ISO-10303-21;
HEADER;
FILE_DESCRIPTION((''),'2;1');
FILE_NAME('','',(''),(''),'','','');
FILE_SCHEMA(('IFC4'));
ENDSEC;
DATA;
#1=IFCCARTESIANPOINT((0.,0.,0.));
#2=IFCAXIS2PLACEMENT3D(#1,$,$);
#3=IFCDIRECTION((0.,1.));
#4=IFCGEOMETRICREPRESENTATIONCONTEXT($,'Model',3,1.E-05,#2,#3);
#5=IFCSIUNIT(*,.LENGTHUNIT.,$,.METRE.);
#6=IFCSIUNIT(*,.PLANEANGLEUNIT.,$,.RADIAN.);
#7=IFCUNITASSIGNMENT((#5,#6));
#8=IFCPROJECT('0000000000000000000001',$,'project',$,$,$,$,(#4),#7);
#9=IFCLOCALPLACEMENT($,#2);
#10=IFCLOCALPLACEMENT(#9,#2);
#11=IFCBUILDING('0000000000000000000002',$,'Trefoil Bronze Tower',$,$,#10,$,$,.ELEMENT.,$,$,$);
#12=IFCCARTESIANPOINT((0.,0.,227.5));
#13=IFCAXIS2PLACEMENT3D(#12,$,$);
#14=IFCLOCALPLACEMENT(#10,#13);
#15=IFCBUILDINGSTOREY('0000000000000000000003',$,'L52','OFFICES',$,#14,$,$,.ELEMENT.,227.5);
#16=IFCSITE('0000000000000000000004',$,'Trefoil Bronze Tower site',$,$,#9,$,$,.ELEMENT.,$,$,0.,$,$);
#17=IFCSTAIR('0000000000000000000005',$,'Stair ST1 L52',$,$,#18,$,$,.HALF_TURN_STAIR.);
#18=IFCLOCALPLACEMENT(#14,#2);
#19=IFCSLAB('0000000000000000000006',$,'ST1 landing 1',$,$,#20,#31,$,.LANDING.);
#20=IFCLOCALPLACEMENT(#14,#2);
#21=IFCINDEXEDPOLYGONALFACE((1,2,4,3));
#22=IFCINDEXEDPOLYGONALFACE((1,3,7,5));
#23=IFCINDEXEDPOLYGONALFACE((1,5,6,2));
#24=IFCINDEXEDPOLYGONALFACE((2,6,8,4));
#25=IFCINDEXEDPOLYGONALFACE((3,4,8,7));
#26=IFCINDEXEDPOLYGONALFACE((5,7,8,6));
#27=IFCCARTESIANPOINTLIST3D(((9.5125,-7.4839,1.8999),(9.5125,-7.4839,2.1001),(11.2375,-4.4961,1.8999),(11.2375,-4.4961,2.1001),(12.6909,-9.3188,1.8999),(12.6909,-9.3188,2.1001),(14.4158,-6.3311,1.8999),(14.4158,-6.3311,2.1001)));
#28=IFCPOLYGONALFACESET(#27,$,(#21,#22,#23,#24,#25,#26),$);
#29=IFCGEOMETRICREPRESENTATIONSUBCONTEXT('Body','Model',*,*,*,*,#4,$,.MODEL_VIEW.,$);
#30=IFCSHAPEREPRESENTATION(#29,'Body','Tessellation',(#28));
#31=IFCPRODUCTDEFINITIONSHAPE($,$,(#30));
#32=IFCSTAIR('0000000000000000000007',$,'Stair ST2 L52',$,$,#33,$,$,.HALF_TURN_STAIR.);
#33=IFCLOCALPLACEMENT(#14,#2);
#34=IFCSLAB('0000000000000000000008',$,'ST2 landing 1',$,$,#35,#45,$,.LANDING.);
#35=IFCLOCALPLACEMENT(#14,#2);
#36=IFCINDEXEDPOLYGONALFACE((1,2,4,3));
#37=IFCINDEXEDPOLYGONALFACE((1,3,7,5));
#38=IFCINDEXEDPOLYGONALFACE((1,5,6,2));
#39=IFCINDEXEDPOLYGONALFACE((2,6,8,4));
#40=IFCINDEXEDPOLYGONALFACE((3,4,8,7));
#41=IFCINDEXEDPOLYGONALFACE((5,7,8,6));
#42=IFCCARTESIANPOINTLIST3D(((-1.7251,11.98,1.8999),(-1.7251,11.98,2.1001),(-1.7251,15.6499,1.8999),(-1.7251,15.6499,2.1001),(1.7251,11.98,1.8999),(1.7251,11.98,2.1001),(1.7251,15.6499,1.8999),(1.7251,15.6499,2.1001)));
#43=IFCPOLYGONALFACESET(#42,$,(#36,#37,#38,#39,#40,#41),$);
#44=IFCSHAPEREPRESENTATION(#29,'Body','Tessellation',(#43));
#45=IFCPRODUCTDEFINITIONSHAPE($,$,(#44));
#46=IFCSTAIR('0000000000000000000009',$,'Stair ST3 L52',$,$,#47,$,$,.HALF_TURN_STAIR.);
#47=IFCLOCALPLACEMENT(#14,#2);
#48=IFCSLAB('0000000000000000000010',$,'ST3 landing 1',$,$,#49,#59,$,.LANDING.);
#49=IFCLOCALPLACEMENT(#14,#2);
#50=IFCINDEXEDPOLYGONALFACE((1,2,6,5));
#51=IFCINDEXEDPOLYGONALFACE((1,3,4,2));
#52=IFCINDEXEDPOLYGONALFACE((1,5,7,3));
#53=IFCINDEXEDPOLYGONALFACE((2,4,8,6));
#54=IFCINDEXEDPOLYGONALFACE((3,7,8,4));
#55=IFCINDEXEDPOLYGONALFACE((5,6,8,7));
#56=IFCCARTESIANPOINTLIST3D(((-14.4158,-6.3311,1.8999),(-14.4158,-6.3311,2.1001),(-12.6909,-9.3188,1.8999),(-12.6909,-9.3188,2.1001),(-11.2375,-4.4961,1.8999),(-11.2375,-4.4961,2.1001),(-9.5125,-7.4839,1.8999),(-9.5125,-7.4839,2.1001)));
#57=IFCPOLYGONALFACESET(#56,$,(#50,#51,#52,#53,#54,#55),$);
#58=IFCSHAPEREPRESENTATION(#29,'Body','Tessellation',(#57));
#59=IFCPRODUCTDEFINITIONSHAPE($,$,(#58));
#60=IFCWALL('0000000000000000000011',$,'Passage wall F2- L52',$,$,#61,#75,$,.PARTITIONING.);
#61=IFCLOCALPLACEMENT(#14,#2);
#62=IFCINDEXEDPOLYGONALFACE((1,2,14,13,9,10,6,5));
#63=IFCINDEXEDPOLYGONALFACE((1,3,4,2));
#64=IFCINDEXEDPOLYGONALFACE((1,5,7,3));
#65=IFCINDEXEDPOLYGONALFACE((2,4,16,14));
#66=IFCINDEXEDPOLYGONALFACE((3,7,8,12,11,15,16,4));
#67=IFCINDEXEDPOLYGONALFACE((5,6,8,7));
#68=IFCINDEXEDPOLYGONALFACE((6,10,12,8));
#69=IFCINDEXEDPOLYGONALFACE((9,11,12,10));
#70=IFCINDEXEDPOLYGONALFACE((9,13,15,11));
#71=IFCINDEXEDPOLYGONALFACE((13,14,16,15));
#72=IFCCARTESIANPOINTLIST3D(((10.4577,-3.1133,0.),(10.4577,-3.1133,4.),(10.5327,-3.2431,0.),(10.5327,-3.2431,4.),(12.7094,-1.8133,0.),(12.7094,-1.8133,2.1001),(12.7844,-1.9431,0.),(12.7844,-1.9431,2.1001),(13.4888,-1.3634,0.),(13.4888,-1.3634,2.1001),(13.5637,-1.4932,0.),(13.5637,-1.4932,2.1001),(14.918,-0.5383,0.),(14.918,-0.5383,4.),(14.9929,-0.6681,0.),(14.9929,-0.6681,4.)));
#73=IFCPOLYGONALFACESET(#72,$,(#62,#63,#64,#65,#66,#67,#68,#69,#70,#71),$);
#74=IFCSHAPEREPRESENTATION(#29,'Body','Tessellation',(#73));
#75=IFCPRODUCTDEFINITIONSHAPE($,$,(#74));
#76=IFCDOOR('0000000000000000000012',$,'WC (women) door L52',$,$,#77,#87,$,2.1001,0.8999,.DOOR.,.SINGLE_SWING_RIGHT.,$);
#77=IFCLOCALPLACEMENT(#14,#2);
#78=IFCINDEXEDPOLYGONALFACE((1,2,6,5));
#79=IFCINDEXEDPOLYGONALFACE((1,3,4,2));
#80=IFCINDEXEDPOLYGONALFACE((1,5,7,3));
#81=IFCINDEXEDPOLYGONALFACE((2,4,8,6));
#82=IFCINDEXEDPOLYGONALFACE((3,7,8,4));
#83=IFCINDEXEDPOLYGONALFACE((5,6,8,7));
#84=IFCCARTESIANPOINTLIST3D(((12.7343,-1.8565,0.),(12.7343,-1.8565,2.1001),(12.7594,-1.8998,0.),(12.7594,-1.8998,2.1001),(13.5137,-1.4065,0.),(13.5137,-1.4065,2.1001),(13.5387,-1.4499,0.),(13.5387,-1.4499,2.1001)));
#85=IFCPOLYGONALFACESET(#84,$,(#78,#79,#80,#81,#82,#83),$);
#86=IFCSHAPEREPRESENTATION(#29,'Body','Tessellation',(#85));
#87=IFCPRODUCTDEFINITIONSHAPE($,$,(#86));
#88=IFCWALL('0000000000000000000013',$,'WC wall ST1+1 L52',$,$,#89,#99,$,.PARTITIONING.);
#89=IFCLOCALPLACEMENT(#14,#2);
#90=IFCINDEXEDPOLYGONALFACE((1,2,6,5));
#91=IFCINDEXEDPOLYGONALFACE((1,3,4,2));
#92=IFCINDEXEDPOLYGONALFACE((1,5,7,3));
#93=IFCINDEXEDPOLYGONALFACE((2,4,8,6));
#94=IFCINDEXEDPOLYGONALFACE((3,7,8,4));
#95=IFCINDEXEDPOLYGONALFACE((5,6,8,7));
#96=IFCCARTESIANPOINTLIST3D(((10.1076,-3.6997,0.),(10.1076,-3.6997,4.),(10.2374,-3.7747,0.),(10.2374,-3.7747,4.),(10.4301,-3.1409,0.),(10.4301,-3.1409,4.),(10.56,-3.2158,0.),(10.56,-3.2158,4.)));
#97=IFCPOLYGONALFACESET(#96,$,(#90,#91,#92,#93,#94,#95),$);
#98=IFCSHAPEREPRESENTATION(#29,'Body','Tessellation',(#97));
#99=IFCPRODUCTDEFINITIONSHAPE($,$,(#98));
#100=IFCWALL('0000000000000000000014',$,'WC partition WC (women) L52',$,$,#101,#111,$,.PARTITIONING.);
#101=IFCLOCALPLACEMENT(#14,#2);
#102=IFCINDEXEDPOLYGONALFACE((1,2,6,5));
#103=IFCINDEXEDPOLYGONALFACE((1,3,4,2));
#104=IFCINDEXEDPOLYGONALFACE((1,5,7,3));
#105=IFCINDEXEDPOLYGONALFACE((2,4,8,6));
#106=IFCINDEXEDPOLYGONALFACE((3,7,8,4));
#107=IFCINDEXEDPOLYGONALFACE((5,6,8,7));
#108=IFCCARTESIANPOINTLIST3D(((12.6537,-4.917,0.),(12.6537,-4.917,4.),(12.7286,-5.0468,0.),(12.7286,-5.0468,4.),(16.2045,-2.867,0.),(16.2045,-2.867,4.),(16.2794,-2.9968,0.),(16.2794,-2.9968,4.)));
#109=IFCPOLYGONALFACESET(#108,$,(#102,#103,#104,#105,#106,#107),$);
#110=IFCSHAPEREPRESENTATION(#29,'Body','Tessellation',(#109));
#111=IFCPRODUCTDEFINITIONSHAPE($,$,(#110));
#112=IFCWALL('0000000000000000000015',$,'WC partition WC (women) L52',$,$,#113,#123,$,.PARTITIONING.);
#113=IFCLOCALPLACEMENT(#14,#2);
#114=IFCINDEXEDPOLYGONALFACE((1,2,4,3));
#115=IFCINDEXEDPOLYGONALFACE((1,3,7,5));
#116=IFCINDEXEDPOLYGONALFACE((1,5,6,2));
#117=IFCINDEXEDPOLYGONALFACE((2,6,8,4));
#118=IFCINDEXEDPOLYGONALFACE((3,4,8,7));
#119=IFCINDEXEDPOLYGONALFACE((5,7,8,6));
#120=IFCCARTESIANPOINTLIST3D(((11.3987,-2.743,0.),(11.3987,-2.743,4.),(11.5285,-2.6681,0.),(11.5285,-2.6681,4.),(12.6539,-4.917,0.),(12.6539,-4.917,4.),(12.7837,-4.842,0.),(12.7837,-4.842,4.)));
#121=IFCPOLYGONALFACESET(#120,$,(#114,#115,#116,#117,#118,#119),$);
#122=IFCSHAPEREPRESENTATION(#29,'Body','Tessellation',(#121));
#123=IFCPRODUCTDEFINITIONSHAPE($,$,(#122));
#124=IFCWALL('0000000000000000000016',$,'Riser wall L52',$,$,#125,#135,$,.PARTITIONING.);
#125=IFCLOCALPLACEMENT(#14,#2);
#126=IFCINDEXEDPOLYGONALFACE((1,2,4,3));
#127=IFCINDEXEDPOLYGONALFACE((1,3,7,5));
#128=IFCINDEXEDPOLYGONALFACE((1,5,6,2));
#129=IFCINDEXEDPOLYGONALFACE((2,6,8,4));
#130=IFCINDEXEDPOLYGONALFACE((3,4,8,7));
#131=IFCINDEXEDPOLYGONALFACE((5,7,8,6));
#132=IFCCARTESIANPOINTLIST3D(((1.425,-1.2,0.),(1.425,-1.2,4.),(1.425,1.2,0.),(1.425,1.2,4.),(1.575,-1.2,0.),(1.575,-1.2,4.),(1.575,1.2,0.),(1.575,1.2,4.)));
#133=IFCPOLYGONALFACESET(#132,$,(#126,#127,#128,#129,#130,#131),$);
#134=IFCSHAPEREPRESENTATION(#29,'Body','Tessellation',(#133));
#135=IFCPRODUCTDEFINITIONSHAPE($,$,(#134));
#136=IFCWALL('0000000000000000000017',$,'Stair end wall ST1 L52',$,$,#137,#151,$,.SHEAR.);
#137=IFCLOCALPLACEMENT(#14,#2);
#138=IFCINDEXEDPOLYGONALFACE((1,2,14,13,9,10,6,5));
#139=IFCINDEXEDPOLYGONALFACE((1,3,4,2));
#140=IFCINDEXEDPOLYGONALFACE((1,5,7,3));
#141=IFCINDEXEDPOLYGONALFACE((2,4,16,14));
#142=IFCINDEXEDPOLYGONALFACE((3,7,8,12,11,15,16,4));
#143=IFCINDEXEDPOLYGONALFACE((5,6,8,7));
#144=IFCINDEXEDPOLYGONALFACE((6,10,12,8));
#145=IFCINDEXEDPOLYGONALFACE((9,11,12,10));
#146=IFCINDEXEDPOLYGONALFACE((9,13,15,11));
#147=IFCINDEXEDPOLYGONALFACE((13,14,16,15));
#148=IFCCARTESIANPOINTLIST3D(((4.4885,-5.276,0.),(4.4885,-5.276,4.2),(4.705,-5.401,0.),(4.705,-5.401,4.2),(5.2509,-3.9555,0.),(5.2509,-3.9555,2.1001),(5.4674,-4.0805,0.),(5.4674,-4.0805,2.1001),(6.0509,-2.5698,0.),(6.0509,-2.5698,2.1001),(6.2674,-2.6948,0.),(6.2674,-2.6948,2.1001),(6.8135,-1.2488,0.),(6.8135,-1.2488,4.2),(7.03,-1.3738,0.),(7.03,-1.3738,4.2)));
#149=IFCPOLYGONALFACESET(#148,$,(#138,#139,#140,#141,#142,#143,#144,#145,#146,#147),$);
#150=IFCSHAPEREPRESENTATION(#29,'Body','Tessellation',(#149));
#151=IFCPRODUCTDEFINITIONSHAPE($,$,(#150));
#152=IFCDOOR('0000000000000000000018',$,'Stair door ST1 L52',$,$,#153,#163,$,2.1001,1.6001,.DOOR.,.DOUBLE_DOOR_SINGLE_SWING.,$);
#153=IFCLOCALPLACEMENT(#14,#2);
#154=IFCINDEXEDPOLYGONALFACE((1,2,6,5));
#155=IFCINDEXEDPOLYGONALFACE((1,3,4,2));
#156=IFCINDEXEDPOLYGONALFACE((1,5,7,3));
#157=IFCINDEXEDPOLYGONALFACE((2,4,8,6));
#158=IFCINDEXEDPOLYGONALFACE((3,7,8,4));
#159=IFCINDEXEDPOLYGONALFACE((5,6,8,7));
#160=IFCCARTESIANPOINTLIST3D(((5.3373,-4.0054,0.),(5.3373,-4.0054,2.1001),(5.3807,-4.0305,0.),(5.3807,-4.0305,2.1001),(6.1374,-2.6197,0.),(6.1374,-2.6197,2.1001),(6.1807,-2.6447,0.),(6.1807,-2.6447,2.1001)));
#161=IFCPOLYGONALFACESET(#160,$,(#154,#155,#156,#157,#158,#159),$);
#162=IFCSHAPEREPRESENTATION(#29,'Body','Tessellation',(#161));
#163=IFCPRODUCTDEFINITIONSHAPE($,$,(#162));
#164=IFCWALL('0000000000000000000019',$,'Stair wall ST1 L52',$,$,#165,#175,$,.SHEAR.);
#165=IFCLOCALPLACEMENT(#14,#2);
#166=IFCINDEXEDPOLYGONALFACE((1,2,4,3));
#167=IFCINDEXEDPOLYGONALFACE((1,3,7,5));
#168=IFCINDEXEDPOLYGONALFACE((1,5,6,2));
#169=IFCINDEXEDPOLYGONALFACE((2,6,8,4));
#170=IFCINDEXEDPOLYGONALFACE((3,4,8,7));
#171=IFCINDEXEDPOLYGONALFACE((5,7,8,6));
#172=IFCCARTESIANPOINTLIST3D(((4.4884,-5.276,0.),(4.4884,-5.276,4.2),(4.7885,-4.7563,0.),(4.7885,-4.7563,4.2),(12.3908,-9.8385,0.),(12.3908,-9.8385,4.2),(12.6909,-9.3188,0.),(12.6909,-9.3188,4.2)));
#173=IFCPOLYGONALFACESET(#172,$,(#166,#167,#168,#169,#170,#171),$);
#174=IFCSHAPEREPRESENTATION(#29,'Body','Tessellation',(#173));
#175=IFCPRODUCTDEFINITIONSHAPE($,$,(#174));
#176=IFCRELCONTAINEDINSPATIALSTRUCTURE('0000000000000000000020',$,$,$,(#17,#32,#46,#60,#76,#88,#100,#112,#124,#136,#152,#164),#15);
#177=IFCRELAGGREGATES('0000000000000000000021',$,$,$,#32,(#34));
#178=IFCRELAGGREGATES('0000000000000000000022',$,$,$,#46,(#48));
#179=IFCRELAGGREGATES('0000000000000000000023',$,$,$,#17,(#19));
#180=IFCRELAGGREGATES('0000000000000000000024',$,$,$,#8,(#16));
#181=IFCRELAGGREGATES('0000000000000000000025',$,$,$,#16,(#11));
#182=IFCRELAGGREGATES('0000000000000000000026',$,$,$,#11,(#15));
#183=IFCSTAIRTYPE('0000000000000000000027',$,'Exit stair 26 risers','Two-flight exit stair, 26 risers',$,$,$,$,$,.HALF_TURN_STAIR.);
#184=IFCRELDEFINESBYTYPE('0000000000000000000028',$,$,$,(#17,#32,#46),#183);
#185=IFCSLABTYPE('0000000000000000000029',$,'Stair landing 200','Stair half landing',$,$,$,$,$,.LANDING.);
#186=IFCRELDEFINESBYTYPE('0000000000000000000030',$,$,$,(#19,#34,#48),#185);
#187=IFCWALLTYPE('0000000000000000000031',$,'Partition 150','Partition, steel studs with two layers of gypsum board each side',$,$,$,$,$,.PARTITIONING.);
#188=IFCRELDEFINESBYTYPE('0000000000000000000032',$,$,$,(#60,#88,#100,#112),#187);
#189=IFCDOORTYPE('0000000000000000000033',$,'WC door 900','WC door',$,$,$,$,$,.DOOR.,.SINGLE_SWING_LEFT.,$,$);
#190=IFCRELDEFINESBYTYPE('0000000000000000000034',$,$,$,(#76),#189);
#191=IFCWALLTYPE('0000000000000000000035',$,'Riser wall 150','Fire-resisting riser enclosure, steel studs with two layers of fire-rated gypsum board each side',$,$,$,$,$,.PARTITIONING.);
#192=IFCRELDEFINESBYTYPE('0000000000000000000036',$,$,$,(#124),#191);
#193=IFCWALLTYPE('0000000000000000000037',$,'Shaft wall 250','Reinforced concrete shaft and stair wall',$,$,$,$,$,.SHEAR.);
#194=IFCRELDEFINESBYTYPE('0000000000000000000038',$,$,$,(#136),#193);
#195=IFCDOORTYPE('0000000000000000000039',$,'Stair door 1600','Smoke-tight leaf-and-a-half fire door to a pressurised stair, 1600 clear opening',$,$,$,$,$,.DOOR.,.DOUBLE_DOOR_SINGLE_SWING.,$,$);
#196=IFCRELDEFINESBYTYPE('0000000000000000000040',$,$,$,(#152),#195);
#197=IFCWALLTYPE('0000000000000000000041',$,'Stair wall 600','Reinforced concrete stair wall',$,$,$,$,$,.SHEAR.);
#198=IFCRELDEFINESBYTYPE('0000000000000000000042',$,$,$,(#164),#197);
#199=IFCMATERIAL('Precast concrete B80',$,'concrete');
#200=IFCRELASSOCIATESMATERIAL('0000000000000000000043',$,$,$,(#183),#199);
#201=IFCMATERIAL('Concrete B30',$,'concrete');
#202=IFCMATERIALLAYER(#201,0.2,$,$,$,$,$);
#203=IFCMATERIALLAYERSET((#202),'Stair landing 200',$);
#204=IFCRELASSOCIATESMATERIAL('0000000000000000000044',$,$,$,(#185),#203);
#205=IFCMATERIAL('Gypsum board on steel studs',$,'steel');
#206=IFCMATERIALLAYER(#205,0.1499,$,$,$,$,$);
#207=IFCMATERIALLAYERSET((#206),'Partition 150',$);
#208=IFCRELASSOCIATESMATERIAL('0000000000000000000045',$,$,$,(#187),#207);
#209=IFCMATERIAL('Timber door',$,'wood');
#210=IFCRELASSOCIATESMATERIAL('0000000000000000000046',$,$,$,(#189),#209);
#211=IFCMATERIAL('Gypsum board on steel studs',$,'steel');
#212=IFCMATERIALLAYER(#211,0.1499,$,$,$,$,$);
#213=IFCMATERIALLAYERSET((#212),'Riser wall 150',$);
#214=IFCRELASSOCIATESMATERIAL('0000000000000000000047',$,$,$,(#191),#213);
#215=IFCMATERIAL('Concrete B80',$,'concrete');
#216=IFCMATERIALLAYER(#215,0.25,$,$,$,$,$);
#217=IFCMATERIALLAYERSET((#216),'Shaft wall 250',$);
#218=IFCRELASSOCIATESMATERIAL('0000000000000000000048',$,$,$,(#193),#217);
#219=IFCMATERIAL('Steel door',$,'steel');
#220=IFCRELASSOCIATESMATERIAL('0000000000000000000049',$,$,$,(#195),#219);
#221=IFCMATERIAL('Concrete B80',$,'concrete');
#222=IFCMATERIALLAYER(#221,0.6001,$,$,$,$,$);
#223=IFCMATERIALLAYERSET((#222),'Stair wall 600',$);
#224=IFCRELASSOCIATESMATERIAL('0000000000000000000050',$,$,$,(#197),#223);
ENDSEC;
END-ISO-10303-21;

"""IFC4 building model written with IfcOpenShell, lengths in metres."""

from ifc_helpers import new_model, si_unit, direction, frame, frame_2d, origin, place, context, subcontext, project, spatial, polyline, rectangle, outline, extrude, material, layer, layer_set, type_object, element, fill, aggregate, save


model = new_model("IFC4")

# Units and contexts
model_context = context("Model", 3, precision=1e-05, world=origin(), true_north=direction((0.0, 1.0)))
body_context = subcontext(model_context, "Body", "Model", "MODEL_VIEW")
ifc_project = project(units=[si_unit("LENGTHUNIT", "METRE"), si_unit("PLANEANGLEUNIT", "RADIAN")], contexts=[model_context])

# Site, building, storey
site_placement = place(None, origin())
site = spatial("IfcSite", under=ifc_project, at=site_placement, Name="Trefoil Bronze Tower site", CompositionType="ELEMENT", RefElevation=0.0)
building_placement = place(site_placement, origin())
building = spatial("IfcBuilding", under=site, at=building_placement, Name="Trefoil Bronze Tower", CompositionType="ELEMENT")
storey_placement = place(building_placement, frame((0.0, 0.0, 227.5)))
storey = spatial("IfcBuildingStorey", under=building, at=storey_placement, Name="L52", Description="OFFICES", CompositionType="ELEMENT", Elevation=227.5)

# Stairs, slabs
ifc_material_1 = material(Name="Precast concrete B80", Category="concrete")
stair_type = type_object("IfcStairType", Name="Exit stair 26 risers", Description="Two-flight exit stair, 26 risers", PredefinedType="HALF_TURN_STAIR", material=ifc_material_1)
stair_1_placement = place(storey_placement, origin())
stair_1 = element("IfcStair", 1, at=stair_1_placement, inside=storey, type_object=stair_type, Name="Stair ST1 L52", PredefinedType="HALF_TURN_STAIR")
ifc_material_2 = material(Name="Concrete B30", Category="concrete")
ifc_layer_1 = layer(ifc_material_2, 0.2)
ifc_layer_set_1 = layer_set([ifc_layer_1], Name="Stair landing 200")
slab_type = type_object("IfcSlabType", Name="Stair landing 200", Description="Stair half landing", PredefinedType="LANDING", material=ifc_layer_set_1)
slab_1_placement = place(storey_placement, frame((0.0, 0.0, 1.8999)))
slab_1 = element("IfcSlab", 2, at=slab_1_placement, type_object=slab_type, Name="ST1 landing 1", PredefinedType="LANDING", context=body_context, shape_type="SweptSolid", body=[
    extrude(outline(polyline([(9.5125, -7.4839), (12.6909, -9.3188), (14.4158, -6.3311), (11.2375, -4.4961), (9.5125, -7.4839)])), origin(), (0.0, 0.0, 1.0), 0.2002),
])
stair_2_placement = place(storey_placement, origin())
stair_2 = element("IfcStair", 3, at=stair_2_placement, inside=storey, type_object=stair_type, Name="Stair ST2 L52", PredefinedType="HALF_TURN_STAIR")
slab_2_placement = place(storey_placement, frame((0.0, 0.0, 1.8999)))
slab_2 = element("IfcSlab", 4, at=slab_2_placement, type_object=slab_type, Name="ST2 landing 1", PredefinedType="LANDING", context=body_context, shape_type="SweptSolid", body=[
    extrude(outline(polyline([(1.7251, 11.98), (1.7251, 15.6499), (-1.7251, 15.6499), (-1.7251, 11.98), (1.7251, 11.98)])), origin(), (0.0, 0.0, 1.0), 0.2002),
])
aggregate(stair_2, [slab_2])
stair_3_placement = place(storey_placement, origin())
stair_3 = element("IfcStair", 5, at=stair_3_placement, inside=storey, type_object=stair_type, Name="Stair ST3 L52", PredefinedType="HALF_TURN_STAIR")
slab_3_placement = place(storey_placement, frame((0.0, 0.0, 1.8999)))
slab_3 = element("IfcSlab", 6, at=slab_3_placement, type_object=slab_type, Name="ST3 landing 1", PredefinedType="LANDING", context=body_context, shape_type="SweptSolid", body=[
    extrude(outline(polyline([(-11.2375, -4.4961), (-14.4158, -6.3311), (-12.6909, -9.3188), (-9.5125, -7.4839), (-11.2375, -4.4961)])), origin(), (0.0, 0.0, 1.0), 0.2002),
])
aggregate(stair_3, [slab_3])

# Wall, opening, door
ifc_material_3 = material(Name="Gypsum board on steel studs", Category="steel")
ifc_layer_2 = layer(ifc_material_3, 0.1499)
ifc_layer_set_2 = layer_set([ifc_layer_2], Name="Partition 150")
wall_type_1 = type_object("IfcWallType", Name="Partition 150", Description="Partition, steel studs with two layers of gypsum board each side", PredefinedType="PARTITIONING", material=ifc_layer_set_2)
wall_1_placement = place(storey_placement, frame((10.4951, -3.1782, 0.0), z_axis=(0.0, 0.0, 1.0), x_axis=(0.866038, 0.499978, 0.0)))
wall_1 = element("IfcWall", 7, at=wall_1_placement, inside=storey, type_object=wall_type_1, Name="Passage wall F2- L52", PredefinedType="PARTITIONING", context=body_context, shape_type="SweptSolid", body=[
    extrude(rectangle(XDim=5.1501, YDim=0.1499, at=frame_2d((2.5752, 0.0))), origin(), (0.0, 0.0, 1.0), 4.0),
])
opening_1_placement = place(wall_1_placement, frame((2.6001, 0.0, 0.0)))
opening_1 = element("IfcOpeningElement", 8, at=opening_1_placement, cuts=wall_1, PredefinedType="OPENING", context=body_context, shape_type="SweptSolid", body=[
    extrude(rectangle(XDim=0.8999, YDim=2.1001, at=frame_2d((0.45, 1.05))), frame((0.0, 0.085, 0.0), z_axis=(0.0, -1.0, 0.0), x_axis=(1.0, 0.0, 0.0)), (0.0, 0.0, 1.0), 0.1699),
])
ifc_material_4 = material(Name="Timber door", Category="wood")
door_type_1 = type_object("IfcDoorType", Name="WC door 900", Description="WC door", OperationType="SINGLE_SWING_LEFT", PredefinedType="DOOR", material=ifc_material_4)
door_1_placement = place(opening_1_placement, frame((0.8999, 0.0, 0.0), z_axis=(0.0, 0.0, 1.0), x_axis=(-1.0, 0.0, 0.0)))
door_1 = element("IfcDoor", 9, at=door_1_placement, inside=storey, type_object=door_type_1, Name="WC (women) door L52", OperationType="SINGLE_SWING_RIGHT", OverallHeight=2.1001, OverallWidth=0.8999, PredefinedType="DOOR", context=body_context, shape_type="SweptSolid", body=[
    extrude(rectangle(XDim=0.8999, YDim=2.1001, at=frame_2d((0.45, 1.05))), frame((0.0, 0.0249, 0.0), z_axis=(0.0, -1.0, 0.0), x_axis=(1.0, 0.0, 0.0)), (0.0, 0.0, 1.0), 0.05),
])
fill(opening_1, door_1)

# Walls
wall_2_placement = place(storey_placement, frame((10.4951, -3.1782, 0.0), z_axis=(0.0, 0.0, 1.0), x_axis=(-0.499843, -0.866116, 0.0)))
element("IfcWall", 10, at=wall_2_placement, inside=storey, type_object=wall_type_1, Name="WC wall ST1+1 L52", PredefinedType="PARTITIONING", context=body_context, shape_type="SweptSolid", body=[
    extrude(rectangle(XDim=0.6453, YDim=0.1499, at=frame_2d((0.3228, 0.0))), origin(), (0.0, 0.0, 1.0), 4.0),
])
wall_3_placement = place(storey_placement, frame((12.6912, -4.9819, 0.0), z_axis=(0.0, 0.0, 1.0), x_axis=(0.866025, 0.500001, 0.0)))
element("IfcWall", 11, at=wall_3_placement, inside=storey, type_object=wall_type_1, Name="WC partition WC (women) L52", PredefinedType="PARTITIONING", context=body_context, shape_type="SweptSolid", body=[
    extrude(rectangle(XDim=4.1001, YDim=0.1499, at=frame_2d((2.05, 0.0))), origin(), (0.0, 0.0, 1.0), 4.0),
])
wall_4_placement = place(storey_placement, frame((11.4636, -2.7056, 0.0), z_axis=(0.0, 0.0, 1.0), x_axis=(0.50002, -0.866014, 0.0)))
element("IfcWall", 12, at=wall_4_placement, inside=storey, type_object=wall_type_1, Name="WC partition WC (women) L52", PredefinedType="PARTITIONING", context=body_context, shape_type="SweptSolid", body=[
    extrude(rectangle(XDim=2.5103, YDim=0.1499, at=frame_2d((1.2551, 0.0))), origin(), (0.0, 0.0, 1.0), 4.0),
])
ifc_material_5 = material(Name="Gypsum board on steel studs", Category="steel")
ifc_layer_3 = layer(ifc_material_5, 0.1499)
ifc_layer_set_3 = layer_set([ifc_layer_3], Name="Riser wall 150")
wall_type_2 = type_object("IfcWallType", Name="Riser wall 150", Description="Fire-resisting riser enclosure, steel studs with two layers of fire-rated gypsum board each side", PredefinedType="PARTITIONING", material=ifc_layer_set_3)
wall_5_placement = place(storey_placement, frame((1.5, -1.2, 0.0), z_axis=(0.0, 0.0, 1.0), x_axis=(0.0, 1.0, 0.0)))
element("IfcWall", 13, at=wall_5_placement, inside=storey, type_object=wall_type_2, Name="Riser wall L52", PredefinedType="PARTITIONING", context=body_context, shape_type="SweptSolid", body=[
    extrude(rectangle(XDim=2.3999, YDim=0.1499, at=frame_2d((1.2, 0.0))), origin(), (0.0, 0.0, 1.0), 4.0),
])

# Wall, opening, door
ifc_material_6 = material(Name="Concrete B80", Category="concrete")
ifc_layer_4 = layer(ifc_material_6, 0.25)
ifc_layer_set_4 = layer_set([ifc_layer_4], Name="Shaft wall 250")
wall_type_3 = type_object("IfcWallType", Name="Shaft wall 250", Description="Reinforced concrete shaft and stair wall", PredefinedType="SHEAR", material=ifc_layer_set_4)
wall_6_placement = place(storey_placement, frame((4.5967, -5.3386, 0.0), z_axis=(0.0, 0.0, 1.0), x_axis=(0.499985, 0.866034, 0.0)))
wall_6 = element("IfcWall", 14, at=wall_6_placement, inside=storey, type_object=wall_type_3, Name="Stair end wall ST1 L52", PredefinedType="SHEAR", context=body_context, shape_type="SweptSolid", body=[
    extrude(rectangle(XDim=4.6501, YDim=0.25, at=frame_2d((2.3252, 0.0))), origin(), (0.0, 0.0, 1.0), 4.2),
])
opening_2_placement = place(wall_6_placement, frame((1.5249, 0.0, 0.0)))
opening_2 = element("IfcOpeningElement", 15, at=opening_2_placement, cuts=wall_6, PredefinedType="OPENING", context=body_context, shape_type="SweptSolid", body=[
    extrude(rectangle(XDim=1.6001, YDim=2.1001, at=frame_2d((0.8, 1.05))), frame((0.0, 0.135, 0.0), z_axis=(0.0, -1.0, 0.0), x_axis=(1.0, 0.0, 0.0)), (0.0, 0.0, 1.0), 0.27),
])
ifc_material_7 = material(Name="Steel door", Category="steel")
door_type_2 = type_object("IfcDoorType", Name="Stair door 1600", Description="Smoke-tight leaf-and-a-half fire door to a pressurised stair, 1600 clear opening", OperationType="DOUBLE_DOOR_SINGLE_SWING", PredefinedType="DOOR", material=ifc_material_7)
door_2_placement = place(opening_2_placement, frame((1.6001, 0.0, 0.0), z_axis=(0.0, 0.0, 1.0), x_axis=(-1.0, 0.0, 0.0)))
door_2 = element("IfcDoor", 16, at=door_2_placement, inside=storey, type_object=door_type_2, Name="Stair door ST1 L52", OperationType="DOUBLE_DOOR_SINGLE_SWING", OverallHeight=2.1001, OverallWidth=1.6001, PredefinedType="DOOR", context=body_context, shape_type="SweptSolid", body=[
    extrude(rectangle(XDim=1.6001, YDim=2.1001, at=frame_2d((0.8, 1.05))), frame((0.0, 0.0249, 0.0), z_axis=(0.0, -1.0, 0.0), x_axis=(1.0, 0.0, 0.0)), (0.0, 0.0, 1.0), 0.05),
])
fill(opening_2, door_2)

# Wall
ifc_material_8 = material(Name="Concrete B80", Category="concrete")
ifc_layer_5 = layer(ifc_material_8, 0.6001)
ifc_layer_set_5 = layer_set([ifc_layer_5], Name="Stair wall 600")
wall_type_4 = type_object("IfcWallType", Name="Stair wall 600", Description="Reinforced concrete stair wall", PredefinedType="SHEAR", material=ifc_layer_set_5)
for number, where, z_axis, x_axis, name in (
    (17, (4.6384, -5.0161, 0.0), (0.0, 0.0, 1.0), (0.866022, -0.500007, 0.0), "Stair wall ST1 L52"),
):
    element("IfcWall", number, at=place(storey_placement, frame(where, z_axis=z_axis, x_axis=x_axis)), inside=storey, type_object=wall_type_4, Name=name, PredefinedType="SHEAR", context=body_context, shape_type="SweptSolid", body=[
        extrude(rectangle(XDim=9.125, YDim=0.6001, at=frame_2d((4.5625, 0.0))), origin(), (0.0, 0.0, 1.0), 4.2),
    ])

aggregate(stair_1, [slab_1])

save(model, "model.ifc")
